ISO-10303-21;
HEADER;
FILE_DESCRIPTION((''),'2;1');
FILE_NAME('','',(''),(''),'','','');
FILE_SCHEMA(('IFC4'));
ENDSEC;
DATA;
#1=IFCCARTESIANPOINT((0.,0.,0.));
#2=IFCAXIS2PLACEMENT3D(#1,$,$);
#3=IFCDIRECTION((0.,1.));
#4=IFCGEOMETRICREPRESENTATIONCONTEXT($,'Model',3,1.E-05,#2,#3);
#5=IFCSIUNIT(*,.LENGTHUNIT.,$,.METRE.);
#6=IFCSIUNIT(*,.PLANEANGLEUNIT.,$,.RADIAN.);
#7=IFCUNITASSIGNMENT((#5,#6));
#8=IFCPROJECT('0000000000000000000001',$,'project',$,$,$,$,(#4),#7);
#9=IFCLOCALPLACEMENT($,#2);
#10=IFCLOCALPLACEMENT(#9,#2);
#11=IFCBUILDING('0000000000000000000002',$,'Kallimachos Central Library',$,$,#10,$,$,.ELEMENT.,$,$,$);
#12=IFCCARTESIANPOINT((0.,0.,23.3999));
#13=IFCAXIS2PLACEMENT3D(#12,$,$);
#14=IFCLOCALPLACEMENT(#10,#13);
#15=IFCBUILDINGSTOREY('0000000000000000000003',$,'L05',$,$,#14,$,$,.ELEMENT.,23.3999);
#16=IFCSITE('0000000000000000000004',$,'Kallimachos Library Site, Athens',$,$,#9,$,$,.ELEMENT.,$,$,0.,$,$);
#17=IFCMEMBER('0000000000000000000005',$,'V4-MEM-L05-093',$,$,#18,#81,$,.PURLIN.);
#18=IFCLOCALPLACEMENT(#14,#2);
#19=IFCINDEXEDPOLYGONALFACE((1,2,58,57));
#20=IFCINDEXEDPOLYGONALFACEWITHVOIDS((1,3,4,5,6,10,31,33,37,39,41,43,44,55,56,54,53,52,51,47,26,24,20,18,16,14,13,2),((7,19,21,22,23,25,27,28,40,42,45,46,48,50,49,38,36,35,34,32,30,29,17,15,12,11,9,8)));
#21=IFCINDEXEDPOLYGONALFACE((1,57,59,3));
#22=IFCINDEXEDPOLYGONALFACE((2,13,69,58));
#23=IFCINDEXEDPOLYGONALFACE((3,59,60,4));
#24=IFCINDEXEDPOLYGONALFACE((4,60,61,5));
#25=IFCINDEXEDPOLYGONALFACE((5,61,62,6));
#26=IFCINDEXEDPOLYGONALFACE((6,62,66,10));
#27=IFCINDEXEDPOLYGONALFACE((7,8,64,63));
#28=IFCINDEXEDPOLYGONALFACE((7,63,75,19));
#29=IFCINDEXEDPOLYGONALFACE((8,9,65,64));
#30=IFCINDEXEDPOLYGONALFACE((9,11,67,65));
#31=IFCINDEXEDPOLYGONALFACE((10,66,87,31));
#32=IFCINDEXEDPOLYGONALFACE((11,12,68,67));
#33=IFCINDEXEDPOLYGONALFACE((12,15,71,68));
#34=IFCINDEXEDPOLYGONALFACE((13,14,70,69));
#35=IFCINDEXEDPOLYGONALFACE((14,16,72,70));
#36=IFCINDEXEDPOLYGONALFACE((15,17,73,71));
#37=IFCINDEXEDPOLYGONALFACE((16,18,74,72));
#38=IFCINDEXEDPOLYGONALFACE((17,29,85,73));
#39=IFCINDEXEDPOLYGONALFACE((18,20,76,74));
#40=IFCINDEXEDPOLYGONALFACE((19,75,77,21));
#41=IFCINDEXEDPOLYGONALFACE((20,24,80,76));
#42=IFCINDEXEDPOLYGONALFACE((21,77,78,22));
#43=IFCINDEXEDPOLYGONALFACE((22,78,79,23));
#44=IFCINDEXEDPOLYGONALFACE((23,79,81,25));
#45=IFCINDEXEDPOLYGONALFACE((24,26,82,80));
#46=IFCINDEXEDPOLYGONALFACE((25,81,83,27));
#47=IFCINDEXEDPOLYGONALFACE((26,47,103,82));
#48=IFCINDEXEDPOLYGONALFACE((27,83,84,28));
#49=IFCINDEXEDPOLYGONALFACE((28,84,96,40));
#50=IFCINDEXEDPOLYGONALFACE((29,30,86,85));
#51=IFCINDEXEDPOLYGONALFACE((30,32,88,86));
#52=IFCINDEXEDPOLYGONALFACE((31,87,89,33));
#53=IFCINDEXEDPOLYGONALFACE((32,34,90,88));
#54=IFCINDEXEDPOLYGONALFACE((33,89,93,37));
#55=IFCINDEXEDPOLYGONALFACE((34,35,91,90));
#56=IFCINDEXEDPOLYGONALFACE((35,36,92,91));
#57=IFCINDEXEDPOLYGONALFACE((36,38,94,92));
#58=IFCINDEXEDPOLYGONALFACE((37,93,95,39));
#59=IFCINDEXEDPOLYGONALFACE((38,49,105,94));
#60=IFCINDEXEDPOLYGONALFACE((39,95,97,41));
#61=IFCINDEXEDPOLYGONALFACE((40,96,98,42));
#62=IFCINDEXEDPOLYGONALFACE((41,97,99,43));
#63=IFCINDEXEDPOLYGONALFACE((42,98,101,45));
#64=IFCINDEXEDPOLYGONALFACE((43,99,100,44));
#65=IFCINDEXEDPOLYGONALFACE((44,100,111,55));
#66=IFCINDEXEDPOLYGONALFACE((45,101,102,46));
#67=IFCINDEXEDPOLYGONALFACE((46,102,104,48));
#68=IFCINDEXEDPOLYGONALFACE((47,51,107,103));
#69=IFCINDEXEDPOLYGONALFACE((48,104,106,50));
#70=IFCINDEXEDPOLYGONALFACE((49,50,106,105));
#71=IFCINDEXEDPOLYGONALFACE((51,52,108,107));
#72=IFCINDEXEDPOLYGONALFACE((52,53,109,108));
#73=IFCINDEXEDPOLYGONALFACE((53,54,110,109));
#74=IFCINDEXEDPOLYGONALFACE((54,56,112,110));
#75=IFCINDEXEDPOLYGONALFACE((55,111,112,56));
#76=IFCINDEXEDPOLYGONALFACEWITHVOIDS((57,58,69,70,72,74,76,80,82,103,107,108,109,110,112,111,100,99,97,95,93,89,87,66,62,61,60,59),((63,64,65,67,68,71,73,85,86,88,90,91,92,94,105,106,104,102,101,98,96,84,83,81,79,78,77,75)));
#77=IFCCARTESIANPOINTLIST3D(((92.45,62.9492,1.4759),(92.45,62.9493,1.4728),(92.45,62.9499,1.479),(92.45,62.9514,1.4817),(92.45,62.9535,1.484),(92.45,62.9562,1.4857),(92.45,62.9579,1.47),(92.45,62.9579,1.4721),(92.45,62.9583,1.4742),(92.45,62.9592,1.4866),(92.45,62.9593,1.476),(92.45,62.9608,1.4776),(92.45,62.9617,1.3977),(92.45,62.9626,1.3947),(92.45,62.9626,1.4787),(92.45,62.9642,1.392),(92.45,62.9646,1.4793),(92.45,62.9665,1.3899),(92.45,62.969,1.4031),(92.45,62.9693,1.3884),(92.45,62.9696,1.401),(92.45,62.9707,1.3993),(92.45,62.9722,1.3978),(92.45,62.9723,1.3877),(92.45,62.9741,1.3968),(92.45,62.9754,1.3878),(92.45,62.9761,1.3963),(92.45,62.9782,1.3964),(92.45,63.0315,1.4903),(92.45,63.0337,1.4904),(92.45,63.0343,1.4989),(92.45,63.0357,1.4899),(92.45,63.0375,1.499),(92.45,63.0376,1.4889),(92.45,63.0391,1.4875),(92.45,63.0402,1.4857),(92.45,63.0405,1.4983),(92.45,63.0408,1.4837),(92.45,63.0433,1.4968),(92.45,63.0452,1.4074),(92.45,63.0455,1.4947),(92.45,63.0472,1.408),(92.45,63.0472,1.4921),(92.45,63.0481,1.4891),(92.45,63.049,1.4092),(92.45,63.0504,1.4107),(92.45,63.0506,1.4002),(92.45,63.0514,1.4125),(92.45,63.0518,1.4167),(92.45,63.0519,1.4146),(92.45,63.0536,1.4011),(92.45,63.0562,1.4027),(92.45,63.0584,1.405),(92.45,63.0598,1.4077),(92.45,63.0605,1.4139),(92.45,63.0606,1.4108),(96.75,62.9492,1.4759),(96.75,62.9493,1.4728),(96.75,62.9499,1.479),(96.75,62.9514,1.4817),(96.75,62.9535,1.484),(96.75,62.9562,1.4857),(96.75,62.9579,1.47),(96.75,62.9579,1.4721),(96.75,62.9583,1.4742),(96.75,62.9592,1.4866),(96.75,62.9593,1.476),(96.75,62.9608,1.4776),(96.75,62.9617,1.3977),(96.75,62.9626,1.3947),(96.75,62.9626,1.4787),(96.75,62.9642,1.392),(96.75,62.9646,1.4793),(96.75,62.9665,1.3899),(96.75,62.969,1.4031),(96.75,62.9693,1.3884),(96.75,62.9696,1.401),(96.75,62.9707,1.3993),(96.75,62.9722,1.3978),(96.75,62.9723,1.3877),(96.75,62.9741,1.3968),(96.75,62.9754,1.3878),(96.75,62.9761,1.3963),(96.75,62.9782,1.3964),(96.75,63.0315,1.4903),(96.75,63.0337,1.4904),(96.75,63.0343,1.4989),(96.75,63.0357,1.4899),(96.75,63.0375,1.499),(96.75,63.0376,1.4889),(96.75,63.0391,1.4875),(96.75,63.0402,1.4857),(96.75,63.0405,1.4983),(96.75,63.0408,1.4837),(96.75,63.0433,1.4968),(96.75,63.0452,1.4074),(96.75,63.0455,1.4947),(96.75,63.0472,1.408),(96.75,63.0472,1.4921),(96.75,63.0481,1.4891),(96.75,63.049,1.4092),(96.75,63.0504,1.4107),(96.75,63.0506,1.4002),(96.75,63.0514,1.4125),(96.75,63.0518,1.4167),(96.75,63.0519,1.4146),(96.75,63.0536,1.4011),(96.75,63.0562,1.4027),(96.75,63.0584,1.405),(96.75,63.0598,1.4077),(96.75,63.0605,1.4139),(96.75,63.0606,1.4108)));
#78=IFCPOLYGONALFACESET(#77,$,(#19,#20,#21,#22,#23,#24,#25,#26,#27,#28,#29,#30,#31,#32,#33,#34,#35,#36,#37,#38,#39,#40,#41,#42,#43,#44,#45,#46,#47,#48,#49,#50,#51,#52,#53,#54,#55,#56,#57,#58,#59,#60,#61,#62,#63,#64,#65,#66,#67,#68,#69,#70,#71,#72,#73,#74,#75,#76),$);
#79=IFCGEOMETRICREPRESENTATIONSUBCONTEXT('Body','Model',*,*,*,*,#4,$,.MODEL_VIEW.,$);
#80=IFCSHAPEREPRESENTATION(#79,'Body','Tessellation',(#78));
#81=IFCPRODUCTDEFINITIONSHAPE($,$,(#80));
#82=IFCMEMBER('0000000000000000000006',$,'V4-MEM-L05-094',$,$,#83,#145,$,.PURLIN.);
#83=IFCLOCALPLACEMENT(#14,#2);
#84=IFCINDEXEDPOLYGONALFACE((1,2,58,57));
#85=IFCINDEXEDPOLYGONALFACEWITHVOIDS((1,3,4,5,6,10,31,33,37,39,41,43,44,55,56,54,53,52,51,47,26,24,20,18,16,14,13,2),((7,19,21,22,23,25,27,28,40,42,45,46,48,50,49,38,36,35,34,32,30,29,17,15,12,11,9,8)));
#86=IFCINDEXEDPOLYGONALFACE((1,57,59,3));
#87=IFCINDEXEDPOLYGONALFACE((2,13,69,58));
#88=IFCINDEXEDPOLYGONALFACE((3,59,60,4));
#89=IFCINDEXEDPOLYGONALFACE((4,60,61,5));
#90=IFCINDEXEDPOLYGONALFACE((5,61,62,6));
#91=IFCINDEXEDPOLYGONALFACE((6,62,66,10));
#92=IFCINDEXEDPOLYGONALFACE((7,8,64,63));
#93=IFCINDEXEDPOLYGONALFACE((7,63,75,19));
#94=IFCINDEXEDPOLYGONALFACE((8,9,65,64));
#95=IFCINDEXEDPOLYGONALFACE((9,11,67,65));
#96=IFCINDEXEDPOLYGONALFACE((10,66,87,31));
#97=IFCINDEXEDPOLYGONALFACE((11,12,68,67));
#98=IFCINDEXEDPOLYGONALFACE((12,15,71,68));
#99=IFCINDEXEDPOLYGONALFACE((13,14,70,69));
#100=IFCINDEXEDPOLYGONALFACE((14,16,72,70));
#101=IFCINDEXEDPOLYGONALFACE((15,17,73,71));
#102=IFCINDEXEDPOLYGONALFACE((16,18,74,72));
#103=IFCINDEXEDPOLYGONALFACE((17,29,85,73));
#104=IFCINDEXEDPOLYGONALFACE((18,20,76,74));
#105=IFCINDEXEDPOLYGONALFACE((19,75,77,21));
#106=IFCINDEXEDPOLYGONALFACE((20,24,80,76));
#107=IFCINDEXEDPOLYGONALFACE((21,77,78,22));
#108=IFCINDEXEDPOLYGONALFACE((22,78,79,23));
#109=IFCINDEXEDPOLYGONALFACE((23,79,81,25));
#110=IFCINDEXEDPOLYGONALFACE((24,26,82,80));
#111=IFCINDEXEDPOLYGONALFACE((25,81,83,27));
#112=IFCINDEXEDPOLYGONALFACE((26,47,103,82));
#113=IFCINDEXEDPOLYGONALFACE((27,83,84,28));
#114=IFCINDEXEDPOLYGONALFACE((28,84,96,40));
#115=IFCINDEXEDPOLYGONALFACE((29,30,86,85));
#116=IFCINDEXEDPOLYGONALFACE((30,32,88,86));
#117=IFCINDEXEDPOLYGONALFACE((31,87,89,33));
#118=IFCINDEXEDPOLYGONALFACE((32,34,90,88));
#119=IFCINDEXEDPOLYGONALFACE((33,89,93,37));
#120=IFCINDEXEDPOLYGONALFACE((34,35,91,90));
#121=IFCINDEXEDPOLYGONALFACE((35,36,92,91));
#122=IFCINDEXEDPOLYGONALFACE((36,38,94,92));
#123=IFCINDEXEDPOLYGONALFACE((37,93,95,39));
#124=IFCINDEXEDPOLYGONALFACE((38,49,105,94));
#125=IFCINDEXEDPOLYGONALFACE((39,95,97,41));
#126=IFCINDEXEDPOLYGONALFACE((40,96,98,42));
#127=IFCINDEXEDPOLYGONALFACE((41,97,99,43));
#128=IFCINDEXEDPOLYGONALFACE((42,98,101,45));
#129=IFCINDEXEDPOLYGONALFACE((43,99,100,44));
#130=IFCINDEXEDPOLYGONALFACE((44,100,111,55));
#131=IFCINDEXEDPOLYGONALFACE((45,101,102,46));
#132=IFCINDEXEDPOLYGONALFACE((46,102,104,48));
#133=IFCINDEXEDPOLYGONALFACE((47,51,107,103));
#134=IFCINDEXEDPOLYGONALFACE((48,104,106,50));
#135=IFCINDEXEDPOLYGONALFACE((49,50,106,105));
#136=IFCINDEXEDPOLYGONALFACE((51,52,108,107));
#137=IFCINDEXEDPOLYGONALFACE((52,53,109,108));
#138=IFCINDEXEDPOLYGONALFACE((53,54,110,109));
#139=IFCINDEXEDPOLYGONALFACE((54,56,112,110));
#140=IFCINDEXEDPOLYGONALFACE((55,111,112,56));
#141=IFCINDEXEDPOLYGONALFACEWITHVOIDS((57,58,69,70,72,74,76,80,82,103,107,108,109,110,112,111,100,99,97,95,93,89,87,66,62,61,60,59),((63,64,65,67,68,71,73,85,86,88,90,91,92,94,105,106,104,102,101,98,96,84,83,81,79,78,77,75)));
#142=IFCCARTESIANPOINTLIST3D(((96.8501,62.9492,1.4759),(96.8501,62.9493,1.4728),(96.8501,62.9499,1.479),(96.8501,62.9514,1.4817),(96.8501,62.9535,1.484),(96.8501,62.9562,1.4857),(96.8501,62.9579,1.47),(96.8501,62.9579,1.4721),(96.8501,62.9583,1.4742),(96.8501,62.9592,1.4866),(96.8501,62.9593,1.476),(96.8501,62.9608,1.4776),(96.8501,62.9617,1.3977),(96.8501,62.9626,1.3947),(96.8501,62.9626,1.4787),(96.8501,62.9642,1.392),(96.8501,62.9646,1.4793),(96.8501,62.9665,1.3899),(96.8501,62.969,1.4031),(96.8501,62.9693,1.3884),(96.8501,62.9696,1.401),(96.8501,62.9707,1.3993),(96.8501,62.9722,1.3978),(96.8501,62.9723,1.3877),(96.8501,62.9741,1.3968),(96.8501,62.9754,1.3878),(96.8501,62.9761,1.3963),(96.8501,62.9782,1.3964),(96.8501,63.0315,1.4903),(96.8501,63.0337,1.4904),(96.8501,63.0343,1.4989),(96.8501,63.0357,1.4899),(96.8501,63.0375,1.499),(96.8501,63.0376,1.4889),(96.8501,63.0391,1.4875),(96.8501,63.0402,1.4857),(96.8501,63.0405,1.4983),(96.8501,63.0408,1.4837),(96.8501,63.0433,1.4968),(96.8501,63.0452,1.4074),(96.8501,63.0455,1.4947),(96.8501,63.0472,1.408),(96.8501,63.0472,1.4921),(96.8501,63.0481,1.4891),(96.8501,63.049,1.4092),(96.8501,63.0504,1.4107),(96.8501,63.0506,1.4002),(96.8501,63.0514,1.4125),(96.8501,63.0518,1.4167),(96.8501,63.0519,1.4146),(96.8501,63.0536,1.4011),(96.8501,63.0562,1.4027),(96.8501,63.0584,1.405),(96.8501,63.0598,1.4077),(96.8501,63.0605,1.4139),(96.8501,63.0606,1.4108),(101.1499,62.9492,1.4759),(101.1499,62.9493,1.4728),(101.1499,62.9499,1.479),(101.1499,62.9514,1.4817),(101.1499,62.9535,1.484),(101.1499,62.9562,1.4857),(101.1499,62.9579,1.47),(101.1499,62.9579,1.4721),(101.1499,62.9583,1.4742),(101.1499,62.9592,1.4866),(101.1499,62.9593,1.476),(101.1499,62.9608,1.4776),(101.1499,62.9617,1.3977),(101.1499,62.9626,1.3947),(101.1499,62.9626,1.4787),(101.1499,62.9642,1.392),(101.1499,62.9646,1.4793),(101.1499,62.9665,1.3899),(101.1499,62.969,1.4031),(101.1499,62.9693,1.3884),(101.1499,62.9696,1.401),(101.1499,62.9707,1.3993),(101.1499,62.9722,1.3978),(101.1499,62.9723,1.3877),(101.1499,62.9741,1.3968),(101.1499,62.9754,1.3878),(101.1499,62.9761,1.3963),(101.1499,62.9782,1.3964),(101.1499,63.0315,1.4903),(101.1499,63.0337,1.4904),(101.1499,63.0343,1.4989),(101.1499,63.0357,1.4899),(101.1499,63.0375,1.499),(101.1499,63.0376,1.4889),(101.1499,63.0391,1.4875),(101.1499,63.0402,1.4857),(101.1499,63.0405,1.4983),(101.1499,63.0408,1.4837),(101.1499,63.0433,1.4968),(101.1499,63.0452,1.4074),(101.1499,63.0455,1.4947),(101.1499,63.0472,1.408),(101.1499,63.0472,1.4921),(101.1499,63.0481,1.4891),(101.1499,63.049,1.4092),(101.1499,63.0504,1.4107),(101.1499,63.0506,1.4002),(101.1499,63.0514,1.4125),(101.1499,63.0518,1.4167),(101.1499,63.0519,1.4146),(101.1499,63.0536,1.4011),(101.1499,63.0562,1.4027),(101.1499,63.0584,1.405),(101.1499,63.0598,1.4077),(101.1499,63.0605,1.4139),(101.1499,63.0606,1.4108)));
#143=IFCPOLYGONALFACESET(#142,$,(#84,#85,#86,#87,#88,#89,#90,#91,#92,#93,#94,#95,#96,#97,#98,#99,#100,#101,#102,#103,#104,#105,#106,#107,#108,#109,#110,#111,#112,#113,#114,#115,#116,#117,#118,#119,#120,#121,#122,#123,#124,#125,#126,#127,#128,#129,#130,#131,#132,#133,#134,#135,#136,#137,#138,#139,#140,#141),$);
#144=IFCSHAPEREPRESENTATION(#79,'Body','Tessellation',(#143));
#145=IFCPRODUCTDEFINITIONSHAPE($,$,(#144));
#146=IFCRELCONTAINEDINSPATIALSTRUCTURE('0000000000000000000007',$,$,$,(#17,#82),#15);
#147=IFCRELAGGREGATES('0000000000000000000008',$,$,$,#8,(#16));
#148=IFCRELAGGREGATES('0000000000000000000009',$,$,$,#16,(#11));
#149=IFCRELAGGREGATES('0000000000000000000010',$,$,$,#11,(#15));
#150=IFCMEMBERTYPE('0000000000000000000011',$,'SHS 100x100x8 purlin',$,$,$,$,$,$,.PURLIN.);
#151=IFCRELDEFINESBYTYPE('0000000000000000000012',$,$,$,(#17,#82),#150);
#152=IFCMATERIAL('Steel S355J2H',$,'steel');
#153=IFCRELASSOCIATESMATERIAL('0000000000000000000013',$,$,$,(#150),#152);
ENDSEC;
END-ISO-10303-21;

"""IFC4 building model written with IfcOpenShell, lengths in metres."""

from ifc_helpers import new_model, si_unit, direction, frame, origin, origin_2d, place, context, subcontext, project, spatial, hollow_rectangle, extrude, material, material_profile, profile_set, type_object, element, save


model = new_model("IFC4")

# Units and contexts
model_context = context("Model", 3, precision=1e-05, world=origin(), true_north=direction((0.0, 1.0)))
body_context = subcontext(model_context, "Body", "Model", "MODEL_VIEW")
ifc_project = project(units=[si_unit("LENGTHUNIT", "METRE"), si_unit("PLANEANGLEUNIT", "RADIAN")], contexts=[model_context])

# Site, building, storey
site_placement = place(None, origin())
site = spatial("IfcSite", under=ifc_project, at=site_placement, Name="Kallimachos Library Site, Athens", CompositionType="ELEMENT", RefElevation=0.0)
building_placement = place(site_placement, origin())
building = spatial("IfcBuilding", under=site, at=building_placement, Name="Kallimachos Central Library", CompositionType="ELEMENT")
storey_placement = place(building_placement, frame((0.0, 0.0, 23.3999)))
storey = spatial("IfcBuildingStorey", under=building, at=storey_placement, Name="L05", CompositionType="ELEMENT", Elevation=23.3999)

# Members
ifc_material_1 = material(Name="Steel S355J2H", Category="steel")
ifc_material_profile_1 = material_profile(ifc_material_1, hollow_rectangle(XDim=0.1001, YDim=0.1001, WallThickness=0.0081, InnerFilletRadius=0.0081, OuterFilletRadius=0.012, at=origin_2d()), Name="SHS 100x100x8")
ifc_profile_set_1 = profile_set([ifc_material_profile_1], Name="Steel S355J2H")
member_type_1 = type_object("IfcMemberType", Name="SHS 100x100x8 purlin", PredefinedType="PURLIN", material=ifc_profile_set_1)
for number, where, z_axis, x_axis, name in (
    (1, (92.45, 63.0049, 1.4434), (1.0, 0.0, 0.0), (0.0, 0.986728, 0.16238), "V4-MEM-L05-093"),
):
    element("IfcMember", number, at=place(storey_placement, frame(where, z_axis=z_axis, x_axis=x_axis)), inside=storey, type_object=member_type_1, Name=name, PredefinedType="PURLIN", context=body_context, shape_type="SweptSolid", body=[
        extrude(hollow_rectangle(XDim=0.1001, YDim=0.1001, WallThickness=0.0081, InnerFilletRadius=0.0081, OuterFilletRadius=0.012, at=origin_2d()), origin(), (0.0, 0.0, 1.0), 4.3),
    ])
member_1_placement = place(storey_placement, frame((96.8501, 63.0049, 1.4434), z_axis=(1.0, 0.0, 0.0), x_axis=(0.0, 0.986728, 0.16238)))
element("IfcMember", 2, at=member_1_placement, inside=storey, type_object=member_type_1, Name="V4-MEM-L05-094", PredefinedType="PURLIN", context=body_context, shape_type="SweptSolid", body=[
    extrude(hollow_rectangle(XDim=0.1001, YDim=0.1001, WallThickness=0.0081, InnerFilletRadius=0.0081, OuterFilletRadius=0.012, at=origin_2d()), origin(), (0.0, 0.0, 1.0), 4.2998),
])

save(model, "model.ifc")
